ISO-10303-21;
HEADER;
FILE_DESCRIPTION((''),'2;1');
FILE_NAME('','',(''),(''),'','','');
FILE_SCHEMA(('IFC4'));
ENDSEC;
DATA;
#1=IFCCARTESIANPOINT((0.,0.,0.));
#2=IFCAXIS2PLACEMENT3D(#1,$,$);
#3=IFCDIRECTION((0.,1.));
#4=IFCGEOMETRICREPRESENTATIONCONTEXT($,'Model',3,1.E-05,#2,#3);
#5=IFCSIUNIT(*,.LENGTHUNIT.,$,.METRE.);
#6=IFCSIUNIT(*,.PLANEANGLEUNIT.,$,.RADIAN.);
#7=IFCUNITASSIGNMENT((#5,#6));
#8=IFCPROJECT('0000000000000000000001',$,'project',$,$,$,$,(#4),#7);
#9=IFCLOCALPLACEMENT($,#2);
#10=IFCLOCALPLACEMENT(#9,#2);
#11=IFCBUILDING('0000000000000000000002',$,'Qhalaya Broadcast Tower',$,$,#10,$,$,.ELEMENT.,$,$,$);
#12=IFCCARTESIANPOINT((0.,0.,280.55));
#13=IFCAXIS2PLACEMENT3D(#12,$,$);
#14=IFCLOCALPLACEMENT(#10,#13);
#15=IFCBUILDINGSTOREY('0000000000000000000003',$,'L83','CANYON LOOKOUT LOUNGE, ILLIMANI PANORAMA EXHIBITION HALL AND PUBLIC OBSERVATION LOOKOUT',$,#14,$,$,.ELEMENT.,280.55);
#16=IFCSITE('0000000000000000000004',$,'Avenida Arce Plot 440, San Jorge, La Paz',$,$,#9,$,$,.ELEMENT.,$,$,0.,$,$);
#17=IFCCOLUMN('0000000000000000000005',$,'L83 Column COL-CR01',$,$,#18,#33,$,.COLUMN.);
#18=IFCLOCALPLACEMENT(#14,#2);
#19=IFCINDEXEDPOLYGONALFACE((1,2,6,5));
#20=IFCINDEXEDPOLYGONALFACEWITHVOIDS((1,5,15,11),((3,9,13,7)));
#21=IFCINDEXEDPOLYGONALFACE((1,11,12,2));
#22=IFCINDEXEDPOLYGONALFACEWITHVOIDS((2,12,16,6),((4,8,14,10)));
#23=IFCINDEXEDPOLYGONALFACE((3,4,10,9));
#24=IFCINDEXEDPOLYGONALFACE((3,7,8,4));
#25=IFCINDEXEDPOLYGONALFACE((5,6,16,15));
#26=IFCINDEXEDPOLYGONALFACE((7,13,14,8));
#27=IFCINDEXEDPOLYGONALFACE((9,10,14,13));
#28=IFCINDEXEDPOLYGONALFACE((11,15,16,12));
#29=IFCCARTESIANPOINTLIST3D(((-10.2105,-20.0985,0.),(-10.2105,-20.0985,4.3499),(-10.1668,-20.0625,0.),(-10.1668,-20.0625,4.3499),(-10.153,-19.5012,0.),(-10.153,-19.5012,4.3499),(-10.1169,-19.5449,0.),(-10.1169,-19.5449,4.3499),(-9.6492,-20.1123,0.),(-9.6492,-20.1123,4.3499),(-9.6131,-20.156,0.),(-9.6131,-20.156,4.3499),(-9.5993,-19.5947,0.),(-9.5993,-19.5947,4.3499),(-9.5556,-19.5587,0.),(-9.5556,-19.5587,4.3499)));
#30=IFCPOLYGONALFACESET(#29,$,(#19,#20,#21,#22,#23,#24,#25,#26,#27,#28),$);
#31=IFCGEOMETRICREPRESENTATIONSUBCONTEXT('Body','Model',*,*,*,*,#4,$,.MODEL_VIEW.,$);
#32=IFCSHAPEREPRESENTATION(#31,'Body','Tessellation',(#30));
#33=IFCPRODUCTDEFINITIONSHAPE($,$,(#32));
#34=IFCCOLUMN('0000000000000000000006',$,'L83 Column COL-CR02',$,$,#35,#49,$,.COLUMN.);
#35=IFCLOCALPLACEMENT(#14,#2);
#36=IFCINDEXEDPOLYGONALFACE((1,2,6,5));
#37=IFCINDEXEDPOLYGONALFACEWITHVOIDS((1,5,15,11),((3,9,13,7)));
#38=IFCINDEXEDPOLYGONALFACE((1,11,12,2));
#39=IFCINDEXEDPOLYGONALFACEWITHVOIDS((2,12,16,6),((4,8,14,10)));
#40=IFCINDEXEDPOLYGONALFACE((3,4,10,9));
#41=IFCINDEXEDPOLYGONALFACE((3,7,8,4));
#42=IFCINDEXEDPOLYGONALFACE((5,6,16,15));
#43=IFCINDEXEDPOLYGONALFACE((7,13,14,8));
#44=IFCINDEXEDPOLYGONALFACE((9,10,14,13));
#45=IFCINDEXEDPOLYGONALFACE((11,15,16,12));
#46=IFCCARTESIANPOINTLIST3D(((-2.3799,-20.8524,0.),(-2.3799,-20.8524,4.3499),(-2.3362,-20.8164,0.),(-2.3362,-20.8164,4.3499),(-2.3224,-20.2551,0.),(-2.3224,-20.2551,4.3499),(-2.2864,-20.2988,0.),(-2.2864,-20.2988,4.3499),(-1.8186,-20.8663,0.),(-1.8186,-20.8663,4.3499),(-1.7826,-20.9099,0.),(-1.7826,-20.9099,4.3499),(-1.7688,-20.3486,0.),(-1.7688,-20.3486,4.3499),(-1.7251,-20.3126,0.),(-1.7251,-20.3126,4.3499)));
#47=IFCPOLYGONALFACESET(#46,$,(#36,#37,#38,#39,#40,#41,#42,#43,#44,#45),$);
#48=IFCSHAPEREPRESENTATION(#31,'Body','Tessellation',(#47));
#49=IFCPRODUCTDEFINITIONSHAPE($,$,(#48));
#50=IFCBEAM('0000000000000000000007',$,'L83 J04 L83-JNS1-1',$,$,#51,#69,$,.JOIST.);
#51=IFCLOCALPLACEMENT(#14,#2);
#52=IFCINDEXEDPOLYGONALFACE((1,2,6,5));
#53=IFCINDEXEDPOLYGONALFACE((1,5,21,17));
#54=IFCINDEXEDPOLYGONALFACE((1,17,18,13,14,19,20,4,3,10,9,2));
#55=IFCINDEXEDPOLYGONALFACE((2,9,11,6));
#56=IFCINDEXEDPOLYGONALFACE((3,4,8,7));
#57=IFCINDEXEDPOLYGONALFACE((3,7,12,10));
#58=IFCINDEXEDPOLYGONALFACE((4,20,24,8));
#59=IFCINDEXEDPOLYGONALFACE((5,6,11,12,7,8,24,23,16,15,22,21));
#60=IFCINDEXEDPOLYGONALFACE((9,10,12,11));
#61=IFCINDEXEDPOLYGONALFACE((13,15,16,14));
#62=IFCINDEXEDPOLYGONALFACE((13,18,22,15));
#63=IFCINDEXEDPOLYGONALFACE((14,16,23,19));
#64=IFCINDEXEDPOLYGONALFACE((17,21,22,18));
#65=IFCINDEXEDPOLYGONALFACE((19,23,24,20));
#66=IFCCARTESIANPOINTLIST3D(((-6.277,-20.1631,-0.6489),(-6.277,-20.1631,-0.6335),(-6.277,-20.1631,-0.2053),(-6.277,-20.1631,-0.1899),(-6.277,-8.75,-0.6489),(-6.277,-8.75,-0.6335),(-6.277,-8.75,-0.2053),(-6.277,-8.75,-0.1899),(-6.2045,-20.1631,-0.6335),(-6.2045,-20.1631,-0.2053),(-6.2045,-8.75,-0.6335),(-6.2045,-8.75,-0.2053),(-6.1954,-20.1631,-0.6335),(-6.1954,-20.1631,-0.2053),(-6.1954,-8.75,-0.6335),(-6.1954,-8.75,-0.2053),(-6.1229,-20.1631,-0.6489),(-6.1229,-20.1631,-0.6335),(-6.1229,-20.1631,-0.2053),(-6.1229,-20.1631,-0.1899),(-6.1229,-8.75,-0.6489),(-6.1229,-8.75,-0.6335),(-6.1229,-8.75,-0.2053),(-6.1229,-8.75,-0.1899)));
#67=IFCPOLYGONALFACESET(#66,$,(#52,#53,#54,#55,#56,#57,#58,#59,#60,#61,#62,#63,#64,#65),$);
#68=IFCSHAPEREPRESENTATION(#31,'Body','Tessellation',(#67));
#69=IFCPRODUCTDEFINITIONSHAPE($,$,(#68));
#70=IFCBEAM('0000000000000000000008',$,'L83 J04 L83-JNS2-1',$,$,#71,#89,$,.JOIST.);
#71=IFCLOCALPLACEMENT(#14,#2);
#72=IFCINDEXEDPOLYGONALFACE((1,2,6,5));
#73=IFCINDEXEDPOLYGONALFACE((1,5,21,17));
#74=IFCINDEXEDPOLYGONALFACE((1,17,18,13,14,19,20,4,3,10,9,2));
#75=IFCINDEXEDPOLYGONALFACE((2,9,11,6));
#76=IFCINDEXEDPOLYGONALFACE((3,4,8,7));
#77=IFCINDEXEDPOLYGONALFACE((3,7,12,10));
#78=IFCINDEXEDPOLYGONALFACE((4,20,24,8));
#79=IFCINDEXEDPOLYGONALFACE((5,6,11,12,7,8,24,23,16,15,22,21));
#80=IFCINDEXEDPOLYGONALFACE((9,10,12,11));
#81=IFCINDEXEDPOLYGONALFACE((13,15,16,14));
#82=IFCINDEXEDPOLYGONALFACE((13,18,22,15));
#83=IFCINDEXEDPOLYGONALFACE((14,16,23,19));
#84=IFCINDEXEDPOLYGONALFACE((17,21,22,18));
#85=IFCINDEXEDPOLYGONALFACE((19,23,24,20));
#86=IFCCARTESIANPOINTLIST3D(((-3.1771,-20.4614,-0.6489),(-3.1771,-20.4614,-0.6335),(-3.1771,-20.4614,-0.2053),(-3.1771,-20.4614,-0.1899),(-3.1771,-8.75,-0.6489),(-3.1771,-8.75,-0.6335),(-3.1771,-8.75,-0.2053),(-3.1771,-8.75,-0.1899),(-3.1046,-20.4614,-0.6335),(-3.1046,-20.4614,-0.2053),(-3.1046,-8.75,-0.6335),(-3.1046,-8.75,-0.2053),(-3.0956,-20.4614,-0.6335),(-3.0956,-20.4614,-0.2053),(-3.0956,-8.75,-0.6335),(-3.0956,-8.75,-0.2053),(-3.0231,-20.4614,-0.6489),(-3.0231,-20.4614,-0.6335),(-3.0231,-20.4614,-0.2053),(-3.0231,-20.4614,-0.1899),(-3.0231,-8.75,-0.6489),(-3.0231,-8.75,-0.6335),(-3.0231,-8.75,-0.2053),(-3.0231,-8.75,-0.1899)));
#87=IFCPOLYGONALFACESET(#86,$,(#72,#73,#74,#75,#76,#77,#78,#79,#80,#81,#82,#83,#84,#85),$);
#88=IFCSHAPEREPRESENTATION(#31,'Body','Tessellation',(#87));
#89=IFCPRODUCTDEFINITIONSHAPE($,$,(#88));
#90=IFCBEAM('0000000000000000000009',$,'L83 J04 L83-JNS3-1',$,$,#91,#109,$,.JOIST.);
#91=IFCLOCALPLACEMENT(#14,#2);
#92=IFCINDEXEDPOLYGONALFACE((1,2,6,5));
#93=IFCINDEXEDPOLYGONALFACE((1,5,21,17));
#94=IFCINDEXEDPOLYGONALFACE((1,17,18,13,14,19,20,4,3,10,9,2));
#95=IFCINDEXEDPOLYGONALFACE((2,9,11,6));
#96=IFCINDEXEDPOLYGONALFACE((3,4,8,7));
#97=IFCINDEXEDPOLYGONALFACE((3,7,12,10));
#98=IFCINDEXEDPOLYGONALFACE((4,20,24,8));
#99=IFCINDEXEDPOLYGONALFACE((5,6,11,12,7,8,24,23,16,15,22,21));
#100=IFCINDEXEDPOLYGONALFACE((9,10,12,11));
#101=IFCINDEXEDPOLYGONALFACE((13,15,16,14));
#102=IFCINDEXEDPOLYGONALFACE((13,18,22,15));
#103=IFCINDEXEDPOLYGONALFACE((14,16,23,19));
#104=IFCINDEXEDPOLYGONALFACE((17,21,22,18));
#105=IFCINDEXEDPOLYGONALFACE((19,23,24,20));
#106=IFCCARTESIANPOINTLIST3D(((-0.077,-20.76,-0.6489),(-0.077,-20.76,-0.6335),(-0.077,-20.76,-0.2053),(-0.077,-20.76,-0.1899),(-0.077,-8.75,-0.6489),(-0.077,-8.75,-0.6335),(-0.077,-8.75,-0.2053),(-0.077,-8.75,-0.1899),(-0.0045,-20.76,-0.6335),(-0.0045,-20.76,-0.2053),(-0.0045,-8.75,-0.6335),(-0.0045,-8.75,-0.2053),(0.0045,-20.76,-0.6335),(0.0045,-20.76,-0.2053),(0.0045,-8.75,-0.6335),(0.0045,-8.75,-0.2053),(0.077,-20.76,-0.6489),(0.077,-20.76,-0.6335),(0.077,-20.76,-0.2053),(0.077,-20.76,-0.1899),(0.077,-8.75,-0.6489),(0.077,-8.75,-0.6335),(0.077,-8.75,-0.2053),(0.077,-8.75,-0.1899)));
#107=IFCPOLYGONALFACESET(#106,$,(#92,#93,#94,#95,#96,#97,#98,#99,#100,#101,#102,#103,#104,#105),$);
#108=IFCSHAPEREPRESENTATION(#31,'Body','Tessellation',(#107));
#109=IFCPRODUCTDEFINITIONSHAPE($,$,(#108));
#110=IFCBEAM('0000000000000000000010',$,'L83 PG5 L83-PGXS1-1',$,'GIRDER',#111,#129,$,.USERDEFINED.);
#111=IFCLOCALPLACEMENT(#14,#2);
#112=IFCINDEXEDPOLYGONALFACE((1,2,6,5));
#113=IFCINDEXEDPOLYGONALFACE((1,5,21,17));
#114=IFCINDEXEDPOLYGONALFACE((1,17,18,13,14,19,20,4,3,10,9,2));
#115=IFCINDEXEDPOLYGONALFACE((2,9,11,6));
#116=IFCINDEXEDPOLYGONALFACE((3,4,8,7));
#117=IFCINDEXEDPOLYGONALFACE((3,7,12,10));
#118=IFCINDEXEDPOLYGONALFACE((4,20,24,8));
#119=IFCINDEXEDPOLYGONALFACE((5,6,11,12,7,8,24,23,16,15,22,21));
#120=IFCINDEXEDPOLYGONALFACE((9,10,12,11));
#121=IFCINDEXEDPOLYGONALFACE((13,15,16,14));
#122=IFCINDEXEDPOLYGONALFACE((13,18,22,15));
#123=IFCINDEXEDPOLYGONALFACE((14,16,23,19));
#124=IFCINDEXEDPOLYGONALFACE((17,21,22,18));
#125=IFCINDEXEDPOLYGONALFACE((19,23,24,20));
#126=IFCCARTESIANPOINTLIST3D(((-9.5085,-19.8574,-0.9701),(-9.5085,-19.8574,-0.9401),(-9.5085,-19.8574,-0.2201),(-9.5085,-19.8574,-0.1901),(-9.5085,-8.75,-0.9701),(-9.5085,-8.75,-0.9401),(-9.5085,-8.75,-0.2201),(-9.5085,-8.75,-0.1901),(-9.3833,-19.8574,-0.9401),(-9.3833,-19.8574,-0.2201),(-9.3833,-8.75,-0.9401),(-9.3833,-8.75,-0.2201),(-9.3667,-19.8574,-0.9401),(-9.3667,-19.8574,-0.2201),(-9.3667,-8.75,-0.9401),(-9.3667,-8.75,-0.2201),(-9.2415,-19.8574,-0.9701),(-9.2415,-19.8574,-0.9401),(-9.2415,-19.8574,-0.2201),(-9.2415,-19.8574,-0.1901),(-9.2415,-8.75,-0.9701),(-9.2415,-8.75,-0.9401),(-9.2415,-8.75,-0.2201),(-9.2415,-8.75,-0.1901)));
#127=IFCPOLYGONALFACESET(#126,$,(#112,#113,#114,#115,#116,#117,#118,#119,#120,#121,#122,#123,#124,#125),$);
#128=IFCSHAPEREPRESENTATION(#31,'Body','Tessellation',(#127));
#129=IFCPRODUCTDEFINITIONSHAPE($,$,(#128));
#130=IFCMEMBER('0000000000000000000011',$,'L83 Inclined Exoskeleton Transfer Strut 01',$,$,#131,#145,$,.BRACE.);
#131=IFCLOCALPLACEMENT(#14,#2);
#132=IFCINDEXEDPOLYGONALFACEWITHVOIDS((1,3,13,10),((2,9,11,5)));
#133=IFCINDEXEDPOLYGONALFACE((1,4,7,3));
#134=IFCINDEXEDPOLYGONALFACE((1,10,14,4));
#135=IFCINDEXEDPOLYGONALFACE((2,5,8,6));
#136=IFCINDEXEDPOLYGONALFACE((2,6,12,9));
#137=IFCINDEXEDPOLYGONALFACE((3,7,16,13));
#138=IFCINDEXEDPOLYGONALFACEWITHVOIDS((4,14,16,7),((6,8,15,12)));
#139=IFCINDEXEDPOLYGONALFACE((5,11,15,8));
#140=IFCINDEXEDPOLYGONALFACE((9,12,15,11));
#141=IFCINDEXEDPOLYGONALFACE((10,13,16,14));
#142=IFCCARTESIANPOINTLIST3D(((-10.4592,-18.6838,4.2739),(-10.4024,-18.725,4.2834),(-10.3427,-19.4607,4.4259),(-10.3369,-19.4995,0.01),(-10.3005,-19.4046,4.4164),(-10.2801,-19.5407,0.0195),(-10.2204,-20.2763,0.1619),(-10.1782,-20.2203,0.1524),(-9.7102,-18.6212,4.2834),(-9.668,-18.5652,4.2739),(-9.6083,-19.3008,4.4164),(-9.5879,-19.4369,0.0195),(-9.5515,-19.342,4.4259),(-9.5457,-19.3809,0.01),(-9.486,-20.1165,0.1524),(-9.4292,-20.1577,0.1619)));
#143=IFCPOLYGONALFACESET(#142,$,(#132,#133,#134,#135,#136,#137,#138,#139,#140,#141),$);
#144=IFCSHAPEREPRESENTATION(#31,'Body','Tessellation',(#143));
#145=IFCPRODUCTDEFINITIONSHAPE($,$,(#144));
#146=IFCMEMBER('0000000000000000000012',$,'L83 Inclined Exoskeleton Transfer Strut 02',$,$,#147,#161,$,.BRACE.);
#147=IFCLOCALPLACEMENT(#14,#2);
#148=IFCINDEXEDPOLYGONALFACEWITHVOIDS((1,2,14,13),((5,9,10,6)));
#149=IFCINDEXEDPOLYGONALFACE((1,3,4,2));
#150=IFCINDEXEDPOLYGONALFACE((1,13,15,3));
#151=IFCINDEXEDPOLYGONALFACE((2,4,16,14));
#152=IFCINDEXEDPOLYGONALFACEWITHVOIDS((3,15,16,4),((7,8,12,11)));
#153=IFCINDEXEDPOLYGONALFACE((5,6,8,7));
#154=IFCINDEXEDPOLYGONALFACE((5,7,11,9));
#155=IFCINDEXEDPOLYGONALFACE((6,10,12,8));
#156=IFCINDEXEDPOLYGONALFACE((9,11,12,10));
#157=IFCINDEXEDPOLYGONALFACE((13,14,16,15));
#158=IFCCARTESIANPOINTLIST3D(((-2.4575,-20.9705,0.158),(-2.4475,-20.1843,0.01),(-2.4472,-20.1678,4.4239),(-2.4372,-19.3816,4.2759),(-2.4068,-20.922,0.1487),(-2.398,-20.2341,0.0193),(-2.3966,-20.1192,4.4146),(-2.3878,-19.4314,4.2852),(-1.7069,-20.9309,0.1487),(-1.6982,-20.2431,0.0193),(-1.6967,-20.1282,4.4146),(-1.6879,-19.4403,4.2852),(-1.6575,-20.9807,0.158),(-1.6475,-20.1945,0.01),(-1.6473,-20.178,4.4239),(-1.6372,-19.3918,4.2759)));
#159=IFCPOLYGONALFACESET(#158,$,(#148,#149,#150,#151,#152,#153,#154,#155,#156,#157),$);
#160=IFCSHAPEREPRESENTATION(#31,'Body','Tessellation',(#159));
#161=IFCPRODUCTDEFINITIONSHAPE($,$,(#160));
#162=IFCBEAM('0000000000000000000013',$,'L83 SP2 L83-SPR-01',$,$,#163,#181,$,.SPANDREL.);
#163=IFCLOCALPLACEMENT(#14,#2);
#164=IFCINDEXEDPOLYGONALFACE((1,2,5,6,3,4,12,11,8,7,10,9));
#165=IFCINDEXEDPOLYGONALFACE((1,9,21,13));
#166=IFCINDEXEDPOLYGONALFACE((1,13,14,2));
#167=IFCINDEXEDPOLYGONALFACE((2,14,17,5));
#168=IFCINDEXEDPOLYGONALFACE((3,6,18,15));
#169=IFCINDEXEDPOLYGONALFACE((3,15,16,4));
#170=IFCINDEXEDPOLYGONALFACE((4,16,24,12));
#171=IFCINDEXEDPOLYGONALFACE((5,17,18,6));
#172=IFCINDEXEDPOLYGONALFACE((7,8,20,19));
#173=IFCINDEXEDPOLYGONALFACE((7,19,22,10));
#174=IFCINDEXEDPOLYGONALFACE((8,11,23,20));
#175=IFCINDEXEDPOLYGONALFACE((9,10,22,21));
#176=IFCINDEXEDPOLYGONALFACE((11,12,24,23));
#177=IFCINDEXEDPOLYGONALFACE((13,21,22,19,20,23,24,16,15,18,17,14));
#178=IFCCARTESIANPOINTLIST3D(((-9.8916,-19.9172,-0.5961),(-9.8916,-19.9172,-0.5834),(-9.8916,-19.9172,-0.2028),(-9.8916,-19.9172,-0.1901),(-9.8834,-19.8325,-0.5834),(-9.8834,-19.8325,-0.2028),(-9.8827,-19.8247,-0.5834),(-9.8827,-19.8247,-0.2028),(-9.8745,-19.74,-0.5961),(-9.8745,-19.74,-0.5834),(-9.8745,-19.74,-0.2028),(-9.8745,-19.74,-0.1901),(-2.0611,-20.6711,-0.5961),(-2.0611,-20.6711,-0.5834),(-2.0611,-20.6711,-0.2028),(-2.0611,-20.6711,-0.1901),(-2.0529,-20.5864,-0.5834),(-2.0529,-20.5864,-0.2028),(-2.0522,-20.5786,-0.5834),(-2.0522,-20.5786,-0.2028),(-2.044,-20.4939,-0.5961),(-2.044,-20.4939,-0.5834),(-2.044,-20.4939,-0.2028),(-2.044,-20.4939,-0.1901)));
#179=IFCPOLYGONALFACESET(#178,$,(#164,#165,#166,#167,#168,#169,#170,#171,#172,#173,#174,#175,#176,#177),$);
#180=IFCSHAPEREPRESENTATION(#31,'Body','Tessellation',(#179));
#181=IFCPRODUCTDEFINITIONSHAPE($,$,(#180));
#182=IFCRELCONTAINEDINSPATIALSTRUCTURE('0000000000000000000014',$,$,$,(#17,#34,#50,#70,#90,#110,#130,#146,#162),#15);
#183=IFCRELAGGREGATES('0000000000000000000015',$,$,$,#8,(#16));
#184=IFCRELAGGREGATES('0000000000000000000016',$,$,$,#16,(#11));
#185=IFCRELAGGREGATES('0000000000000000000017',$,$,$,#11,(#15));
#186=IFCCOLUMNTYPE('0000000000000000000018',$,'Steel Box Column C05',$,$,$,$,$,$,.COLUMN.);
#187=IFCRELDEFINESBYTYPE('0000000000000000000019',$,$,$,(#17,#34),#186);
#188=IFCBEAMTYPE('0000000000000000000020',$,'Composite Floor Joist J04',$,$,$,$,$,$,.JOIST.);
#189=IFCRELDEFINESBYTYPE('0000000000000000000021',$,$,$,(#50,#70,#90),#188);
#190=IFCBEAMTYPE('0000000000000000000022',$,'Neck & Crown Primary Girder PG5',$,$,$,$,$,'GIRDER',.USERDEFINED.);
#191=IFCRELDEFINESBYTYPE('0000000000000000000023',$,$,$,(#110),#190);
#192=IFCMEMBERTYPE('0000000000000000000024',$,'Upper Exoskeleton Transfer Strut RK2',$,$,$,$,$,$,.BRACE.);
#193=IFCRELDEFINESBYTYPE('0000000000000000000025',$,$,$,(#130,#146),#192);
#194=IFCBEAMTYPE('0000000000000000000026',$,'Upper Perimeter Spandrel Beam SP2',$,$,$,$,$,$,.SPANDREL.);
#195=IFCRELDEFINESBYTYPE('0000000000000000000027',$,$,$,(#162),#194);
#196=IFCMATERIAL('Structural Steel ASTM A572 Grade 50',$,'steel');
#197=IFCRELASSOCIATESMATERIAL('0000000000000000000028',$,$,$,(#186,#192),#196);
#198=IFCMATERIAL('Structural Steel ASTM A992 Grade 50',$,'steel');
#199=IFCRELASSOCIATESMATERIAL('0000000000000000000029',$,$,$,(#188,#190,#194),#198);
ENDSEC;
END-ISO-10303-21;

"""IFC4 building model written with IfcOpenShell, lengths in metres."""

from ifc_helpers import new_model, si_unit, direction, frame, origin, origin_2d, place, context, subcontext, project, spatial, hollow_rectangle, i_section, extrude, material, material_profile, profile_set, type_object, element, save


model = new_model("IFC4")

# Units and contexts
model_context = context("Model", 3, precision=1e-05, world=origin(), true_north=direction((0.0, 1.0)))
body_context = subcontext(model_context, "Body", "Model", "MODEL_VIEW")
ifc_project = project(units=[si_unit("LENGTHUNIT", "METRE"), si_unit("PLANEANGLEUNIT", "RADIAN")], contexts=[model_context])

# Site, building, storey
site_placement = place(None, origin())
site = spatial("IfcSite", under=ifc_project, at=site_placement, Name="Avenida Arce Plot 440, San Jorge, La Paz", CompositionType="ELEMENT", RefElevation=0.0)
building_placement = place(site_placement, origin())
building = spatial("IfcBuilding", under=site, at=building_placement, Name="Qhalaya Broadcast Tower", CompositionType="ELEMENT")
storey_placement = place(building_placement, frame((0.0, 0.0, 280.55)))
storey = spatial("IfcBuildingStorey", under=building, at=storey_placement, Name="L83", Description="CANYON LOOKOUT LOUNGE, ILLIMANI PANORAMA EXHIBITION HALL AND PUBLIC OBSERVATION LOOKOUT", CompositionType="ELEMENT", Elevation=280.55)

# Columns
ifc_material_1 = material(Name="Structural Steel ASTM A572 Grade 50", Category="steel")
ifc_material_profile_1 = material_profile(ifc_material_1, hollow_rectangle(XDim=0.6001, YDim=0.6001, WallThickness=0.04, at=origin_2d()), Name="BOX 600x600x40")
ifc_profile_set_1 = profile_set([ifc_material_profile_1], Name="Structural Steel ASTM A572 Grade 50")
column_type = type_object("IfcColumnType", Name="Steel Box Column C05", PredefinedType="COLUMN", material=ifc_profile_set_1)
for number, where, z_axis, x_axis, name in (
    (1, (-9.8831, -19.8286, 0.0), (0.0, 0.0, 1.0), (0.995396, -0.095846, 0.0), "L83 Column COL-CR01"),
    (2, (-2.0525, -20.5825, 0.0), (0.0, 0.0, 1.0), (0.995396, -0.095846, 0.0), "L83 Column COL-CR02"),
):
    element("IfcColumn", number, at=place(storey_placement, frame(where, z_axis=z_axis, x_axis=x_axis)), inside=storey, type_object=column_type, Name=name, PredefinedType="COLUMN", context=body_context, shape_type="SweptSolid", body=[
        extrude(hollow_rectangle(XDim=0.6001, YDim=0.6001, WallThickness=0.04, at=origin_2d()), origin(), (0.0, 0.0, 1.0), 4.3499),
    ])

# Beams
ifc_material_2 = material(Name="Structural Steel ASTM A992 Grade 50", Category="steel")
ifc_material_profile_2 = material_profile(ifc_material_2, i_section(OverallWidth=0.1541, OverallDepth=0.459, WebThickness=0.009, FlangeThickness=0.0154, at=origin_2d()), Name="W18X46")
ifc_profile_set_2 = profile_set([ifc_material_profile_2], Name="Structural Steel ASTM A992 Grade 50")
beam_type_1 = type_object("IfcBeamType", Name="Composite Floor Joist J04", PredefinedType="JOIST", material=ifc_profile_set_2)
beam_1_placement = place(storey_placement, frame((-6.2, -20.1631, -0.4194), z_axis=(0.0, 1.0, 0.0), x_axis=(-1.0, 0.0, 0.0)))
element("IfcBeam", 3, at=beam_1_placement, inside=storey, type_object=beam_type_1, Name="L83 J04 L83-JNS1-1", PredefinedType="JOIST", context=body_context, shape_type="SweptSolid", body=[
    extrude(i_section(OverallWidth=0.1541, OverallDepth=0.459, WebThickness=0.009, FlangeThickness=0.0154, at=origin_2d()), origin(), (0.0, 0.0, 1.0), 11.4131),
])
beam_2_placement = place(storey_placement, frame((-3.1001, -20.4614, -0.4194), z_axis=(0.0, 1.0, 0.0), x_axis=(-1.0, 0.0, 0.0)))
element("IfcBeam", 4, at=beam_2_placement, inside=storey, type_object=beam_type_1, Name="L83 J04 L83-JNS2-1", PredefinedType="JOIST", context=body_context, shape_type="SweptSolid", body=[
    extrude(i_section(OverallWidth=0.1541, OverallDepth=0.459, WebThickness=0.009, FlangeThickness=0.0154, at=origin_2d()), origin(), (0.0, 0.0, 1.0), 11.7114),
])
beam_3_placement = place(storey_placement, frame((0.0, -20.76, -0.4194), z_axis=(0.0, 1.0, 0.0), x_axis=(-1.0, 0.0, 0.0)))
element("IfcBeam", 5, at=beam_3_placement, inside=storey, type_object=beam_type_1, Name="L83 J04 L83-JNS3-1", PredefinedType="JOIST", context=body_context, shape_type="SweptSolid", body=[
    extrude(i_section(OverallWidth=0.1541, OverallDepth=0.459, WebThickness=0.009, FlangeThickness=0.0154, at=origin_2d()), origin(), (0.0, 0.0, 1.0), 12.01),
])
ifc_material_profile_3 = material_profile(ifc_material_2, i_section(OverallWidth=0.2671, OverallDepth=0.78, WebThickness=0.0166, FlangeThickness=0.03, at=origin_2d()), Name="W30X148")
ifc_profile_set_3 = profile_set([ifc_material_profile_3], Name="Structural Steel ASTM A992 Grade 50")
beam_type_2 = type_object("IfcBeamType", Name="Neck & Crown Primary Girder PG5", ElementType="GIRDER", PredefinedType="USERDEFINED", material=ifc_profile_set_3)
beam_4_placement = place(storey_placement, frame((-9.375, -19.8574, -0.5801), z_axis=(0.0, 1.0, 0.0), x_axis=(-1.0, 0.0, 0.0)))
element("IfcBeam", 6, at=beam_4_placement, inside=storey, type_object=beam_type_2, Name="L83 PG5 L83-PGXS1-1", ObjectType="GIRDER", PredefinedType="USERDEFINED", context=body_context, shape_type="SweptSolid", body=[
    extrude(i_section(OverallWidth=0.2671, OverallDepth=0.78, WebThickness=0.0166, FlangeThickness=0.03, at=origin_2d()), origin(), (0.0, 0.0, 1.0), 11.1074),
])

# Members
ifc_material_profile_4 = material_profile(ifc_material_1, hollow_rectangle(XDim=0.8, YDim=0.8, WallThickness=0.05, at=origin_2d()), Name="BOX 800x800x50")
ifc_profile_set_4 = profile_set([ifc_material_profile_4], Name="Structural Steel ASTM A572 Grade 50")
member_type = type_object("IfcMemberType", Name="Upper Exoskeleton Transfer Strut RK2", PredefinedType="BRACE", material=ifc_profile_set_4)
member_1_placement = place(storey_placement, frame((-9.8831, -19.8286, 0.0859), z_axis=(-0.028164, 0.187815, 0.9818), x_axis=(-0.988943, -0.148297, 0.0)))
element("IfcMember", 7, at=member_1_placement, inside=storey, type_object=member_type, Name="L83 Inclined Exoskeleton Transfer Strut 01", PredefinedType="BRACE", context=body_context, shape_type="SweptSolid", body=[
    extrude(hollow_rectangle(XDim=0.8, YDim=0.8, WallThickness=0.05, at=origin_2d()), origin(), (0.0, 0.0, 1.0), 4.343),
])
member_2_placement = place(storey_placement, frame((-2.0525, -20.5825, 0.084), z_axis=(0.002362, 0.18493, 0.982749), x_axis=(-0.999918, 0.012773, 0.0)))
element("IfcMember", 8, at=member_2_placement, inside=storey, type_object=member_type, Name="L83 Inclined Exoskeleton Transfer Strut 02", PredefinedType="BRACE", context=body_context, shape_type="SweptSolid", body=[
    extrude(hollow_rectangle(XDim=0.8, YDim=0.8, WallThickness=0.05, at=origin_2d()), origin(), (0.0, 0.0, 1.0), 4.3408),
])

# Beam
ifc_material_profile_5 = material_profile(ifc_material_2, i_section(OverallWidth=0.178, OverallDepth=0.406, WebThickness=0.0078, FlangeThickness=0.0127, at=origin_2d()), Name="W16X40")
ifc_profile_set_5 = profile_set([ifc_material_profile_5], Name="Structural Steel ASTM A992 Grade 50")
beam_type_3 = type_object("IfcBeamType", Name="Upper Perimeter Spandrel Beam SP2", PredefinedType="SPANDREL", material=ifc_profile_set_5)
beam_5_placement = place(storey_placement, frame((-9.8831, -19.8286, -0.3931), z_axis=(0.995397, -0.095834, 0.0), x_axis=(0.095834, 0.995397, 0.0)))
element("IfcBeam", 9, at=beam_5_placement, inside=storey, type_object=beam_type_3, Name="L83 SP2 L83-SPR-01", PredefinedType="SPANDREL", context=body_context, shape_type="SweptSolid", body=[
    extrude(i_section(OverallWidth=0.178, OverallDepth=0.406, WebThickness=0.0078, FlangeThickness=0.0127, at=origin_2d()), origin(), (0.0, 0.0, 1.0), 7.8667),
])

save(model, "model.ifc")
